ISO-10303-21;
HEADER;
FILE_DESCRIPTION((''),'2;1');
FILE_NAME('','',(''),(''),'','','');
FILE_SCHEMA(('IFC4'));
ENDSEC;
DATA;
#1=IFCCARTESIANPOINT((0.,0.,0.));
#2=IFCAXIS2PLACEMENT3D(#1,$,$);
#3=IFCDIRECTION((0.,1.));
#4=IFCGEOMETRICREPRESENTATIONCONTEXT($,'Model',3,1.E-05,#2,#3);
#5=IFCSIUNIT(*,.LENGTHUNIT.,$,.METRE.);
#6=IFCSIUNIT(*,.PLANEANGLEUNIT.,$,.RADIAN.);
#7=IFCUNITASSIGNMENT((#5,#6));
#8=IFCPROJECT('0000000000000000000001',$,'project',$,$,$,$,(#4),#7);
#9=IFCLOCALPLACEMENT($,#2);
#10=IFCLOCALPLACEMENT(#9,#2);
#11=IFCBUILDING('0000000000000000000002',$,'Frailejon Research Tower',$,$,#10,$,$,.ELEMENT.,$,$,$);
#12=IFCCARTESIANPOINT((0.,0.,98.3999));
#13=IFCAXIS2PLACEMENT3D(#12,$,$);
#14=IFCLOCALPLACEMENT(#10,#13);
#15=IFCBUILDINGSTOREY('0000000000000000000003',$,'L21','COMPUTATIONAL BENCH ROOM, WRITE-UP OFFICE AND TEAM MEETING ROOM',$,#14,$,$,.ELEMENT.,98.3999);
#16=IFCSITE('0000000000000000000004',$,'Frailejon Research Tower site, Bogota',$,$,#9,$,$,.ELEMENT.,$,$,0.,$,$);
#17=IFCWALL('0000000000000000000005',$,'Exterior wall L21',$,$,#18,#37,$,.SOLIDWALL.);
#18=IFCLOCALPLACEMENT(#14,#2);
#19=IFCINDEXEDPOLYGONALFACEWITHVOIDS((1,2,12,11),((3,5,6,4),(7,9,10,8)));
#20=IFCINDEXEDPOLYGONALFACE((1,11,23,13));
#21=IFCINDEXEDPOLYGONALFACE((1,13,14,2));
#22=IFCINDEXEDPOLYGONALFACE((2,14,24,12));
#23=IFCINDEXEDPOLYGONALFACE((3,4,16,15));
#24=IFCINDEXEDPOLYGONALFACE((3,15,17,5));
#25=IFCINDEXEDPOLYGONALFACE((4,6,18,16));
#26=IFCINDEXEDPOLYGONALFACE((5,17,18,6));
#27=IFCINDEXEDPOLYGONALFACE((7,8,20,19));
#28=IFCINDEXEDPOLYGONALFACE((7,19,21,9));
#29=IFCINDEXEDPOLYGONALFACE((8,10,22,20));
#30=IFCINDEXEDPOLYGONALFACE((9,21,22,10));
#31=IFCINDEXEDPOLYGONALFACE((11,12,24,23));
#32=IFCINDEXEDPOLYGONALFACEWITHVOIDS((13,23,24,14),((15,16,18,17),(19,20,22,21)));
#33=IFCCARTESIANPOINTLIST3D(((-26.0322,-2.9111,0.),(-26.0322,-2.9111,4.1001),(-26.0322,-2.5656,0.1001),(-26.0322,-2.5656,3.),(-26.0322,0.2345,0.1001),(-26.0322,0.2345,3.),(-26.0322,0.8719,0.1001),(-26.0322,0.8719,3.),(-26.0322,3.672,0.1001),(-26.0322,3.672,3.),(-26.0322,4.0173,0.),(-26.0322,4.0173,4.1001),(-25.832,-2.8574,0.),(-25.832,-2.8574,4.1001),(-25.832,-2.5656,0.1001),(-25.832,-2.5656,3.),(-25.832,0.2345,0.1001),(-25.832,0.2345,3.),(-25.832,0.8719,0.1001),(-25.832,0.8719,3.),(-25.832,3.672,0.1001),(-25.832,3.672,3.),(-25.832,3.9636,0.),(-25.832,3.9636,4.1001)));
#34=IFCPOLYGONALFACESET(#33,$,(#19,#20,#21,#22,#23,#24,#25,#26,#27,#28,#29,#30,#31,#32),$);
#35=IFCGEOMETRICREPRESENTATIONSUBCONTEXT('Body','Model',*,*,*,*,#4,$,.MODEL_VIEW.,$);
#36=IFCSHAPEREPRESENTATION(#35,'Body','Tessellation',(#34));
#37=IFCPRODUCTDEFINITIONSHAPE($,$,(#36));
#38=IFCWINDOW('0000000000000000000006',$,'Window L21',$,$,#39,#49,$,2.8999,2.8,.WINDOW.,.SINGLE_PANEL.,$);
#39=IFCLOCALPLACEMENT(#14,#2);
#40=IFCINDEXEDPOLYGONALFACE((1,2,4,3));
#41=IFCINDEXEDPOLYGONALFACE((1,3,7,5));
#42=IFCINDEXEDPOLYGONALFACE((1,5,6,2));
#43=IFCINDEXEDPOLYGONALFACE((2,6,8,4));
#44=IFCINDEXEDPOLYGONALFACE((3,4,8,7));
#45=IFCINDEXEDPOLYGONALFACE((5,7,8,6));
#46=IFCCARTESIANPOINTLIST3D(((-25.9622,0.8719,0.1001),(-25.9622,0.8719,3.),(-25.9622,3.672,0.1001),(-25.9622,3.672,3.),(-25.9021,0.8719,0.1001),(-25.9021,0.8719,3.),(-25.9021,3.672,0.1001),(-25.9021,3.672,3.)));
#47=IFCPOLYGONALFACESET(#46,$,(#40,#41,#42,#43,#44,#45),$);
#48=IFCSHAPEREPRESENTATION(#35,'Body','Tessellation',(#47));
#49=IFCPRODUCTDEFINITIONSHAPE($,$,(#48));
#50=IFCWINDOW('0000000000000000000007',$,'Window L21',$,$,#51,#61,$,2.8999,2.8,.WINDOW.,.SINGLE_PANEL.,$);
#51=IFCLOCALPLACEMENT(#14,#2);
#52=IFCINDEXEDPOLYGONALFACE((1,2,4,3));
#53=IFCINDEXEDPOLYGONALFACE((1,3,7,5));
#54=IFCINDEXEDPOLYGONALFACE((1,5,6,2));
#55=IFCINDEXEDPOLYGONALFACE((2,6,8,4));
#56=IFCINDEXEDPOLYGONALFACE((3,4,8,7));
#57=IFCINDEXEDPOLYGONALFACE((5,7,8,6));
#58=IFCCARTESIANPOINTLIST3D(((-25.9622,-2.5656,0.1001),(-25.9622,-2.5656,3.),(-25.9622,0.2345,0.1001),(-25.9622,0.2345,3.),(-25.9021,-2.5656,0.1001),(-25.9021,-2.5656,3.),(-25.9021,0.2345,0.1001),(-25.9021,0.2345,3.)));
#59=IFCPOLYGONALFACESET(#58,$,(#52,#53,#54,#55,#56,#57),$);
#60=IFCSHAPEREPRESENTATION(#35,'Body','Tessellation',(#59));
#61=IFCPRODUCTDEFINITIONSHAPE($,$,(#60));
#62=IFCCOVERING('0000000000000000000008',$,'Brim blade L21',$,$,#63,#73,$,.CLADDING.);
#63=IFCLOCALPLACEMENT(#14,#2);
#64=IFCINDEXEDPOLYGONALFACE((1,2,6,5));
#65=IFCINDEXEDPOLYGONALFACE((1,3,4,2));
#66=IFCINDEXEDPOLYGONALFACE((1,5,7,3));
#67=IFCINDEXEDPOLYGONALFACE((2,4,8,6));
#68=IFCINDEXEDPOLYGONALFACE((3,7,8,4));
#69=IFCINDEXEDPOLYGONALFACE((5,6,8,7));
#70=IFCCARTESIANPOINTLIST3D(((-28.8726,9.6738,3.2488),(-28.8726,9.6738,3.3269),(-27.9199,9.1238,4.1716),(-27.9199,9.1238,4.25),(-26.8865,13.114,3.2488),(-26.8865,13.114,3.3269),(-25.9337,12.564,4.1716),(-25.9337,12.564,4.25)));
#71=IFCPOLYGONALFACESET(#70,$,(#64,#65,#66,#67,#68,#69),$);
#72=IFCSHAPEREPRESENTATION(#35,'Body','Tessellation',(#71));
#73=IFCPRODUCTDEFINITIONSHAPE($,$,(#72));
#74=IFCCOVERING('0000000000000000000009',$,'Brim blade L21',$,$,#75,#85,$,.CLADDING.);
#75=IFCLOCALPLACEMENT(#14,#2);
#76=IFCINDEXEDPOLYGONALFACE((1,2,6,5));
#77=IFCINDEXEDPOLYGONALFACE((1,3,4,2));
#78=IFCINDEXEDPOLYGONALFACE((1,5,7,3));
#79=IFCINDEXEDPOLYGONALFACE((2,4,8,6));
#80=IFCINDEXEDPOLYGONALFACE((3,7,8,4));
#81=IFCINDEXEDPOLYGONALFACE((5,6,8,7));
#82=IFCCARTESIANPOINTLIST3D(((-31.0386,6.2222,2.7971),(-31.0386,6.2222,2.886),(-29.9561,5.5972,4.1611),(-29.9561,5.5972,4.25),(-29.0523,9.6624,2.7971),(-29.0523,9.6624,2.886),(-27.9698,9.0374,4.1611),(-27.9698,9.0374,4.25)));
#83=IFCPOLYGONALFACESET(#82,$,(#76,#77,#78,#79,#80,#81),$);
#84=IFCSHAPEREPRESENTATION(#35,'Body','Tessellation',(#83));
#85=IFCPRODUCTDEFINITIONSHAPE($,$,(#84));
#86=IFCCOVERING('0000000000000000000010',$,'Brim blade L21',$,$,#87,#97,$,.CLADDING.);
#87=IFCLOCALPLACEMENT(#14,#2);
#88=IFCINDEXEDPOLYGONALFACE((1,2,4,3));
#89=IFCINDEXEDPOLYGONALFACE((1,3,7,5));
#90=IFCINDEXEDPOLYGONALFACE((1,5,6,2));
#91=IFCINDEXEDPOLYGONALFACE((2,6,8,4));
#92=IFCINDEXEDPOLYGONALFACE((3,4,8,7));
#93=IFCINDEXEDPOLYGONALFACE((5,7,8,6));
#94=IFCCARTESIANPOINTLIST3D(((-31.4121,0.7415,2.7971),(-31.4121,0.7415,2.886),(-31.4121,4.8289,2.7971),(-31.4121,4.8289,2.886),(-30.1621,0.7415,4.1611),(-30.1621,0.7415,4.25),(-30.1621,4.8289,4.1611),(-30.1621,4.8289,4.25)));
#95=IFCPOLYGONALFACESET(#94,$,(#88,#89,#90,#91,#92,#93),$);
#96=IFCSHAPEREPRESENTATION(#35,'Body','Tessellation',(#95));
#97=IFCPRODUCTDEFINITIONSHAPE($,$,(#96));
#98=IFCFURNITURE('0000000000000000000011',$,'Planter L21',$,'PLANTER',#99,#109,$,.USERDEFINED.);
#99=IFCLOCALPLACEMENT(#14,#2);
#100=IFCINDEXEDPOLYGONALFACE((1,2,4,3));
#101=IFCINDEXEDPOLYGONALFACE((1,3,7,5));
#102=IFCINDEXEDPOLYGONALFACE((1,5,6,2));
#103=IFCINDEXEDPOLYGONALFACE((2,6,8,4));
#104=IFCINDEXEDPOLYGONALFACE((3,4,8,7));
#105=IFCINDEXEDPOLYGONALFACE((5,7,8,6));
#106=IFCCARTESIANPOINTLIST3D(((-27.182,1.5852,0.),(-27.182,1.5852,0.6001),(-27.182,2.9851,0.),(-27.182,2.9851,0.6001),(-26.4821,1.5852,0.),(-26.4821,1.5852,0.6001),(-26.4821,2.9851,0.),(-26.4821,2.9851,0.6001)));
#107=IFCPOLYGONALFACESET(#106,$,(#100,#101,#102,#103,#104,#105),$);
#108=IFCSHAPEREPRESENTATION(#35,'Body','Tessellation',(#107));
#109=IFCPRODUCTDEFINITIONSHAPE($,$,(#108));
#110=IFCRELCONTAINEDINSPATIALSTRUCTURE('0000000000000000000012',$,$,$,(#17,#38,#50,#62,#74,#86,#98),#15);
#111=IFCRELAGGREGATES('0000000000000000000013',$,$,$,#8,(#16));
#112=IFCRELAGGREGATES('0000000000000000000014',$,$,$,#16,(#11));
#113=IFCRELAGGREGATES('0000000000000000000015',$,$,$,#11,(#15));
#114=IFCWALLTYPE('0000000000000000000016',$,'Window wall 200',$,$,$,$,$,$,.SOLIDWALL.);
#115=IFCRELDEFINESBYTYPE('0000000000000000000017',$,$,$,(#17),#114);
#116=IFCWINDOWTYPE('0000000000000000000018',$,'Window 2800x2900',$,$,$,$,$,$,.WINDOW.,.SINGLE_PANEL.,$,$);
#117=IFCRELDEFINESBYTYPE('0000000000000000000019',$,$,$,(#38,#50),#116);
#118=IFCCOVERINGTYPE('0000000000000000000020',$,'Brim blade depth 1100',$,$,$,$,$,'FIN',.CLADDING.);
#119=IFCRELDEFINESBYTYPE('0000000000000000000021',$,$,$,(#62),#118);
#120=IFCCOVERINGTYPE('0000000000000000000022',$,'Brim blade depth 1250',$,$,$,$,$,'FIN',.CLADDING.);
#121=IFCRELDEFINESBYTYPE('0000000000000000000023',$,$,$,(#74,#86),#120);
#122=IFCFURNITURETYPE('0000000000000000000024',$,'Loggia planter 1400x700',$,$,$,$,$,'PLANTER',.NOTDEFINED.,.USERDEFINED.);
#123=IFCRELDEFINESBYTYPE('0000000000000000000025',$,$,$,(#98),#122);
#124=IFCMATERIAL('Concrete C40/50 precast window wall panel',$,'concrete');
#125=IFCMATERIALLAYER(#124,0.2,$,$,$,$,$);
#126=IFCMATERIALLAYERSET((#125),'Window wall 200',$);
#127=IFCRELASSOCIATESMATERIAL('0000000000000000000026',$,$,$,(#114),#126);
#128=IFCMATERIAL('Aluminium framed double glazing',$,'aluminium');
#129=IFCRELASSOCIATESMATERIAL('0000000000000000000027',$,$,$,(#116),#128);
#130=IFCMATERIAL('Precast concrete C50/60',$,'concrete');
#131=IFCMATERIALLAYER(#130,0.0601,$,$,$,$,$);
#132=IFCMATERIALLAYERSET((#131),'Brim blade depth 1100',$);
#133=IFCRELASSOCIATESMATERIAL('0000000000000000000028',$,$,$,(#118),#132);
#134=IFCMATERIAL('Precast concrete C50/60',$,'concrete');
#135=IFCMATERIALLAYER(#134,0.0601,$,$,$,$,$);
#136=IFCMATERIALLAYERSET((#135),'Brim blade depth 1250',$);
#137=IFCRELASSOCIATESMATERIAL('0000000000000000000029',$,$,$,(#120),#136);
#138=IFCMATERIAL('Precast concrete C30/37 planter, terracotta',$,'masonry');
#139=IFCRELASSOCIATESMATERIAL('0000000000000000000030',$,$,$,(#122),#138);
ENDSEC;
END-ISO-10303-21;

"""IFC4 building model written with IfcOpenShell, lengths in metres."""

from ifc_helpers import new_model, si_unit, direction, frame, frame_2d, origin, origin_2d, place, context, subcontext, project, spatial, polyline, rectangle, outline, extrude, material, layer, layer_set, type_object, element, fill, save


model = new_model("IFC4")

# Units and contexts
model_context = context("Model", 3, precision=1e-05, world=origin(), true_north=direction((0.0, 1.0)))
body_context = subcontext(model_context, "Body", "Model", "MODEL_VIEW")
ifc_project = project(units=[si_unit("LENGTHUNIT", "METRE"), si_unit("PLANEANGLEUNIT", "RADIAN")], contexts=[model_context])

# Site, building, storey
site_placement = place(None, origin())
site = spatial("IfcSite", under=ifc_project, at=site_placement, Name="Frailejon Research Tower site, Bogota", CompositionType="ELEMENT", RefElevation=0.0)
building_placement = place(site_placement, origin())
building = spatial("IfcBuilding", under=site, at=building_placement, Name="Frailejon Research Tower", CompositionType="ELEMENT")
storey_placement = place(building_placement, frame((0.0, 0.0, 98.3999)))
storey = spatial("IfcBuildingStorey", under=building, at=storey_placement, Name="L21", Description="COMPUTATIONAL BENCH ROOM, WRITE-UP OFFICE AND TEAM MEETING ROOM", CompositionType="ELEMENT", Elevation=98.3999)

# Wall, openings, windows
ifc_material_1 = material(Name="Concrete C40/50 precast window wall panel", Category="concrete")
ifc_layer_1 = layer(ifc_material_1, 0.2)
ifc_layer_set_1 = layer_set([ifc_layer_1], Name="Window wall 200")
wall_type_1 = type_object("IfcWallType", Name="Window wall 200", PredefinedType="SOLIDWALL", material=ifc_layer_set_1)
wall_1_placement = place(storey_placement, frame((-25.9321, 3.9905, 0.0), z_axis=(0.0, 0.0, 1.0), x_axis=(0.0, -1.0, 0.0)))
wall_1 = element("IfcWall", 1, at=wall_1_placement, inside=storey, type_object=wall_type_1, Name="Exterior wall L21", PredefinedType="SOLIDWALL", context=body_context, shape_type="SweptSolid", body=[
    extrude(outline(polyline([(-0.0269, -0.1001), (1.1279, -0.1001), (2.2827, -0.1001), (3.4375, -0.1001), (4.592, -0.1001), (5.7468, -0.1001), (6.9016, -0.1001), (6.8479, 0.1001), (5.7109, 0.1001), (4.5742, 0.1001), (3.4375, 0.1001), (2.3005, 0.1001), (1.1636, 0.1001), (0.0269, 0.1001), (-0.0269, -0.1001)])), origin(), (0.0, 0.0, 1.0), 4.1001),
])
opening_1_placement = place(wall_1_placement, frame((0.3186, 0.0, 0.1001)))
opening_1 = element("IfcOpeningElement", 2, at=opening_1_placement, cuts=wall_1, PredefinedType="OPENING", context=body_context, shape_type="SweptSolid", body=[
    extrude(rectangle(XDim=2.8, YDim=2.8999, at=frame_2d((1.3999, 1.45))), frame((0.0, 0.1099, 0.0), z_axis=(0.0, -1.0, 0.0), x_axis=(1.0, 0.0, 0.0)), (0.0, 0.0, 1.0), 0.22),
])
opening_2_placement = place(wall_1_placement, frame((3.7561, 0.0, 0.1001)))
opening_2 = element("IfcOpeningElement", 3, at=opening_2_placement, cuts=wall_1, PredefinedType="OPENING", context=body_context, shape_type="SweptSolid", body=[
    extrude(rectangle(XDim=2.8, YDim=2.8999, at=frame_2d((1.3999, 1.45))), frame((0.0, 0.1099, 0.0), z_axis=(0.0, -1.0, 0.0), x_axis=(1.0, 0.0, 0.0)), (0.0, 0.0, 1.0), 0.22),
])
ifc_material_2 = material(Name="Aluminium framed double glazing", Category="aluminium")
window_type = type_object("IfcWindowType", Name="Window 2800x2900", PartitioningType="SINGLE_PANEL", PredefinedType="WINDOW", material=ifc_material_2)
window_1_placement = place(opening_1_placement, origin())
window_1 = element("IfcWindow", 4, at=window_1_placement, inside=storey, type_object=window_type, Name="Window L21", OverallHeight=2.8999, OverallWidth=2.8, PartitioningType="SINGLE_PANEL", PredefinedType="WINDOW", context=body_context, shape_type="SweptSolid", body=[
    extrude(rectangle(XDim=2.8, YDim=2.8999, at=frame_2d((1.3999, 1.45))), frame((0.0, 0.03, 0.0), z_axis=(0.0, -1.0, 0.0), x_axis=(1.0, 0.0, 0.0)), (0.0, 0.0, 1.0), 0.0601),
])
fill(opening_1, window_1)
window_2_placement = place(opening_2_placement, origin())
window_2 = element("IfcWindow", 5, at=window_2_placement, inside=storey, type_object=window_type, Name="Window L21", OverallHeight=2.8999, OverallWidth=2.8, PartitioningType="SINGLE_PANEL", PredefinedType="WINDOW", context=body_context, shape_type="SweptSolid", body=[
    extrude(rectangle(XDim=2.8, YDim=2.8999, at=frame_2d((1.3999, 1.45))), frame((0.0, 0.03, 0.0), z_axis=(0.0, -1.0, 0.0), x_axis=(1.0, 0.0, 0.0)), (0.0, 0.0, 1.0), 0.0601),
])
fill(opening_2, window_2)

# Coverings
ifc_material_3 = material(Name="Precast concrete C50/60", Category="concrete")
ifc_layer_2 = layer(ifc_material_3, 0.0601)
ifc_layer_set_2 = layer_set([ifc_layer_2], Name="Brim blade depth 1100")
covering_type_1 = type_object("IfcCoveringType", Name="Brim blade depth 1100", ElementType="FIN", PredefinedType="CLADDING", material=ifc_layer_set_2)
covering_1_placement = place(storey_placement, frame((-27.9199, 9.1238, 4.25), z_axis=(0.499992, 0.86603, 0.0), x_axis=(-0.86603, 0.499992, 0.0)))
element("IfcCovering", 6, at=covering_1_placement, inside=storey, type_object=covering_type_1, Name="Brim blade L21", PredefinedType="CLADDING", context=body_context, shape_type="SweptSolid", body=[
    extrude(outline(polyline([(0.0, -0.0784), (1.1001, -1.0012), (1.1001, -0.9231), (0.0, 0.0), (0.0, -0.0784)])), origin(), (0.0, 0.0, 1.0), 3.9724),
])
ifc_material_4 = material(Name="Precast concrete C50/60", Category="concrete")
ifc_layer_3 = layer(ifc_material_4, 0.0601)
ifc_layer_set_3 = layer_set([ifc_layer_3], Name="Brim blade depth 1250")
covering_type_2 = type_object("IfcCoveringType", Name="Brim blade depth 1250", ElementType="FIN", PredefinedType="CLADDING", material=ifc_layer_set_3)
covering_2_placement = place(storey_placement, frame((-29.9561, 5.5972, 4.25), z_axis=(0.500011, 0.866019, 0.0), x_axis=(-0.866019, 0.500011, 0.0)))
element("IfcCovering", 7, at=covering_2_placement, inside=storey, type_object=covering_type_2, Name="Brim blade L21", PredefinedType="CLADDING", context=body_context, shape_type="SweptSolid", body=[
    extrude(outline(polyline([(0.0, -0.0889), (1.25, -1.4529), (1.25, -1.364), (0.0, 0.0), (0.0, -0.0889)])), origin(), (0.0, 0.0, 1.0), 3.9724),
])
covering_3_placement = place(storey_placement, frame((-30.1621, 0.7415, 4.25), z_axis=(0.0, 1.0, 0.0), x_axis=(-1.0, 0.0, 0.0)))
element("IfcCovering", 8, at=covering_3_placement, inside=storey, type_object=covering_type_2, Name="Brim blade L21", PredefinedType="CLADDING", context=body_context, shape_type="SweptSolid", body=[
    extrude(outline(polyline([(0.0, -0.0889), (1.25, -1.4529), (1.25, -1.364), (0.0, 0.0), (0.0, -0.0889)])), origin(), (0.0, 0.0, 1.0), 4.0874),
])

# Furniture
ifc_material_5 = material(Name="Precast concrete C30/37 planter, terracotta", Category="masonry")
furniture_type = type_object("IfcFurnitureType", Name="Loggia planter 1400x700", ElementType="PLANTER", AssemblyPlace="NOTDEFINED", PredefinedType="USERDEFINED", material=ifc_material_5)
furniture_placement = place(storey_placement, frame((-26.832, 2.2852, 0.0), z_axis=(0.0, 0.0, 1.0), x_axis=(0.0, -1.0, 0.0)))
element("IfcFurniture", 9, at=furniture_placement, inside=storey, type_object=furniture_type, Name="Planter L21", ObjectType="PLANTER", PredefinedType="USERDEFINED", context=body_context, shape_type="SweptSolid", body=[
    extrude(rectangle(XDim=1.3999, YDim=0.7, at=origin_2d()), origin(), (0.0, 0.0, 1.0), 0.6001),
])

save(model, "model.ifc")
